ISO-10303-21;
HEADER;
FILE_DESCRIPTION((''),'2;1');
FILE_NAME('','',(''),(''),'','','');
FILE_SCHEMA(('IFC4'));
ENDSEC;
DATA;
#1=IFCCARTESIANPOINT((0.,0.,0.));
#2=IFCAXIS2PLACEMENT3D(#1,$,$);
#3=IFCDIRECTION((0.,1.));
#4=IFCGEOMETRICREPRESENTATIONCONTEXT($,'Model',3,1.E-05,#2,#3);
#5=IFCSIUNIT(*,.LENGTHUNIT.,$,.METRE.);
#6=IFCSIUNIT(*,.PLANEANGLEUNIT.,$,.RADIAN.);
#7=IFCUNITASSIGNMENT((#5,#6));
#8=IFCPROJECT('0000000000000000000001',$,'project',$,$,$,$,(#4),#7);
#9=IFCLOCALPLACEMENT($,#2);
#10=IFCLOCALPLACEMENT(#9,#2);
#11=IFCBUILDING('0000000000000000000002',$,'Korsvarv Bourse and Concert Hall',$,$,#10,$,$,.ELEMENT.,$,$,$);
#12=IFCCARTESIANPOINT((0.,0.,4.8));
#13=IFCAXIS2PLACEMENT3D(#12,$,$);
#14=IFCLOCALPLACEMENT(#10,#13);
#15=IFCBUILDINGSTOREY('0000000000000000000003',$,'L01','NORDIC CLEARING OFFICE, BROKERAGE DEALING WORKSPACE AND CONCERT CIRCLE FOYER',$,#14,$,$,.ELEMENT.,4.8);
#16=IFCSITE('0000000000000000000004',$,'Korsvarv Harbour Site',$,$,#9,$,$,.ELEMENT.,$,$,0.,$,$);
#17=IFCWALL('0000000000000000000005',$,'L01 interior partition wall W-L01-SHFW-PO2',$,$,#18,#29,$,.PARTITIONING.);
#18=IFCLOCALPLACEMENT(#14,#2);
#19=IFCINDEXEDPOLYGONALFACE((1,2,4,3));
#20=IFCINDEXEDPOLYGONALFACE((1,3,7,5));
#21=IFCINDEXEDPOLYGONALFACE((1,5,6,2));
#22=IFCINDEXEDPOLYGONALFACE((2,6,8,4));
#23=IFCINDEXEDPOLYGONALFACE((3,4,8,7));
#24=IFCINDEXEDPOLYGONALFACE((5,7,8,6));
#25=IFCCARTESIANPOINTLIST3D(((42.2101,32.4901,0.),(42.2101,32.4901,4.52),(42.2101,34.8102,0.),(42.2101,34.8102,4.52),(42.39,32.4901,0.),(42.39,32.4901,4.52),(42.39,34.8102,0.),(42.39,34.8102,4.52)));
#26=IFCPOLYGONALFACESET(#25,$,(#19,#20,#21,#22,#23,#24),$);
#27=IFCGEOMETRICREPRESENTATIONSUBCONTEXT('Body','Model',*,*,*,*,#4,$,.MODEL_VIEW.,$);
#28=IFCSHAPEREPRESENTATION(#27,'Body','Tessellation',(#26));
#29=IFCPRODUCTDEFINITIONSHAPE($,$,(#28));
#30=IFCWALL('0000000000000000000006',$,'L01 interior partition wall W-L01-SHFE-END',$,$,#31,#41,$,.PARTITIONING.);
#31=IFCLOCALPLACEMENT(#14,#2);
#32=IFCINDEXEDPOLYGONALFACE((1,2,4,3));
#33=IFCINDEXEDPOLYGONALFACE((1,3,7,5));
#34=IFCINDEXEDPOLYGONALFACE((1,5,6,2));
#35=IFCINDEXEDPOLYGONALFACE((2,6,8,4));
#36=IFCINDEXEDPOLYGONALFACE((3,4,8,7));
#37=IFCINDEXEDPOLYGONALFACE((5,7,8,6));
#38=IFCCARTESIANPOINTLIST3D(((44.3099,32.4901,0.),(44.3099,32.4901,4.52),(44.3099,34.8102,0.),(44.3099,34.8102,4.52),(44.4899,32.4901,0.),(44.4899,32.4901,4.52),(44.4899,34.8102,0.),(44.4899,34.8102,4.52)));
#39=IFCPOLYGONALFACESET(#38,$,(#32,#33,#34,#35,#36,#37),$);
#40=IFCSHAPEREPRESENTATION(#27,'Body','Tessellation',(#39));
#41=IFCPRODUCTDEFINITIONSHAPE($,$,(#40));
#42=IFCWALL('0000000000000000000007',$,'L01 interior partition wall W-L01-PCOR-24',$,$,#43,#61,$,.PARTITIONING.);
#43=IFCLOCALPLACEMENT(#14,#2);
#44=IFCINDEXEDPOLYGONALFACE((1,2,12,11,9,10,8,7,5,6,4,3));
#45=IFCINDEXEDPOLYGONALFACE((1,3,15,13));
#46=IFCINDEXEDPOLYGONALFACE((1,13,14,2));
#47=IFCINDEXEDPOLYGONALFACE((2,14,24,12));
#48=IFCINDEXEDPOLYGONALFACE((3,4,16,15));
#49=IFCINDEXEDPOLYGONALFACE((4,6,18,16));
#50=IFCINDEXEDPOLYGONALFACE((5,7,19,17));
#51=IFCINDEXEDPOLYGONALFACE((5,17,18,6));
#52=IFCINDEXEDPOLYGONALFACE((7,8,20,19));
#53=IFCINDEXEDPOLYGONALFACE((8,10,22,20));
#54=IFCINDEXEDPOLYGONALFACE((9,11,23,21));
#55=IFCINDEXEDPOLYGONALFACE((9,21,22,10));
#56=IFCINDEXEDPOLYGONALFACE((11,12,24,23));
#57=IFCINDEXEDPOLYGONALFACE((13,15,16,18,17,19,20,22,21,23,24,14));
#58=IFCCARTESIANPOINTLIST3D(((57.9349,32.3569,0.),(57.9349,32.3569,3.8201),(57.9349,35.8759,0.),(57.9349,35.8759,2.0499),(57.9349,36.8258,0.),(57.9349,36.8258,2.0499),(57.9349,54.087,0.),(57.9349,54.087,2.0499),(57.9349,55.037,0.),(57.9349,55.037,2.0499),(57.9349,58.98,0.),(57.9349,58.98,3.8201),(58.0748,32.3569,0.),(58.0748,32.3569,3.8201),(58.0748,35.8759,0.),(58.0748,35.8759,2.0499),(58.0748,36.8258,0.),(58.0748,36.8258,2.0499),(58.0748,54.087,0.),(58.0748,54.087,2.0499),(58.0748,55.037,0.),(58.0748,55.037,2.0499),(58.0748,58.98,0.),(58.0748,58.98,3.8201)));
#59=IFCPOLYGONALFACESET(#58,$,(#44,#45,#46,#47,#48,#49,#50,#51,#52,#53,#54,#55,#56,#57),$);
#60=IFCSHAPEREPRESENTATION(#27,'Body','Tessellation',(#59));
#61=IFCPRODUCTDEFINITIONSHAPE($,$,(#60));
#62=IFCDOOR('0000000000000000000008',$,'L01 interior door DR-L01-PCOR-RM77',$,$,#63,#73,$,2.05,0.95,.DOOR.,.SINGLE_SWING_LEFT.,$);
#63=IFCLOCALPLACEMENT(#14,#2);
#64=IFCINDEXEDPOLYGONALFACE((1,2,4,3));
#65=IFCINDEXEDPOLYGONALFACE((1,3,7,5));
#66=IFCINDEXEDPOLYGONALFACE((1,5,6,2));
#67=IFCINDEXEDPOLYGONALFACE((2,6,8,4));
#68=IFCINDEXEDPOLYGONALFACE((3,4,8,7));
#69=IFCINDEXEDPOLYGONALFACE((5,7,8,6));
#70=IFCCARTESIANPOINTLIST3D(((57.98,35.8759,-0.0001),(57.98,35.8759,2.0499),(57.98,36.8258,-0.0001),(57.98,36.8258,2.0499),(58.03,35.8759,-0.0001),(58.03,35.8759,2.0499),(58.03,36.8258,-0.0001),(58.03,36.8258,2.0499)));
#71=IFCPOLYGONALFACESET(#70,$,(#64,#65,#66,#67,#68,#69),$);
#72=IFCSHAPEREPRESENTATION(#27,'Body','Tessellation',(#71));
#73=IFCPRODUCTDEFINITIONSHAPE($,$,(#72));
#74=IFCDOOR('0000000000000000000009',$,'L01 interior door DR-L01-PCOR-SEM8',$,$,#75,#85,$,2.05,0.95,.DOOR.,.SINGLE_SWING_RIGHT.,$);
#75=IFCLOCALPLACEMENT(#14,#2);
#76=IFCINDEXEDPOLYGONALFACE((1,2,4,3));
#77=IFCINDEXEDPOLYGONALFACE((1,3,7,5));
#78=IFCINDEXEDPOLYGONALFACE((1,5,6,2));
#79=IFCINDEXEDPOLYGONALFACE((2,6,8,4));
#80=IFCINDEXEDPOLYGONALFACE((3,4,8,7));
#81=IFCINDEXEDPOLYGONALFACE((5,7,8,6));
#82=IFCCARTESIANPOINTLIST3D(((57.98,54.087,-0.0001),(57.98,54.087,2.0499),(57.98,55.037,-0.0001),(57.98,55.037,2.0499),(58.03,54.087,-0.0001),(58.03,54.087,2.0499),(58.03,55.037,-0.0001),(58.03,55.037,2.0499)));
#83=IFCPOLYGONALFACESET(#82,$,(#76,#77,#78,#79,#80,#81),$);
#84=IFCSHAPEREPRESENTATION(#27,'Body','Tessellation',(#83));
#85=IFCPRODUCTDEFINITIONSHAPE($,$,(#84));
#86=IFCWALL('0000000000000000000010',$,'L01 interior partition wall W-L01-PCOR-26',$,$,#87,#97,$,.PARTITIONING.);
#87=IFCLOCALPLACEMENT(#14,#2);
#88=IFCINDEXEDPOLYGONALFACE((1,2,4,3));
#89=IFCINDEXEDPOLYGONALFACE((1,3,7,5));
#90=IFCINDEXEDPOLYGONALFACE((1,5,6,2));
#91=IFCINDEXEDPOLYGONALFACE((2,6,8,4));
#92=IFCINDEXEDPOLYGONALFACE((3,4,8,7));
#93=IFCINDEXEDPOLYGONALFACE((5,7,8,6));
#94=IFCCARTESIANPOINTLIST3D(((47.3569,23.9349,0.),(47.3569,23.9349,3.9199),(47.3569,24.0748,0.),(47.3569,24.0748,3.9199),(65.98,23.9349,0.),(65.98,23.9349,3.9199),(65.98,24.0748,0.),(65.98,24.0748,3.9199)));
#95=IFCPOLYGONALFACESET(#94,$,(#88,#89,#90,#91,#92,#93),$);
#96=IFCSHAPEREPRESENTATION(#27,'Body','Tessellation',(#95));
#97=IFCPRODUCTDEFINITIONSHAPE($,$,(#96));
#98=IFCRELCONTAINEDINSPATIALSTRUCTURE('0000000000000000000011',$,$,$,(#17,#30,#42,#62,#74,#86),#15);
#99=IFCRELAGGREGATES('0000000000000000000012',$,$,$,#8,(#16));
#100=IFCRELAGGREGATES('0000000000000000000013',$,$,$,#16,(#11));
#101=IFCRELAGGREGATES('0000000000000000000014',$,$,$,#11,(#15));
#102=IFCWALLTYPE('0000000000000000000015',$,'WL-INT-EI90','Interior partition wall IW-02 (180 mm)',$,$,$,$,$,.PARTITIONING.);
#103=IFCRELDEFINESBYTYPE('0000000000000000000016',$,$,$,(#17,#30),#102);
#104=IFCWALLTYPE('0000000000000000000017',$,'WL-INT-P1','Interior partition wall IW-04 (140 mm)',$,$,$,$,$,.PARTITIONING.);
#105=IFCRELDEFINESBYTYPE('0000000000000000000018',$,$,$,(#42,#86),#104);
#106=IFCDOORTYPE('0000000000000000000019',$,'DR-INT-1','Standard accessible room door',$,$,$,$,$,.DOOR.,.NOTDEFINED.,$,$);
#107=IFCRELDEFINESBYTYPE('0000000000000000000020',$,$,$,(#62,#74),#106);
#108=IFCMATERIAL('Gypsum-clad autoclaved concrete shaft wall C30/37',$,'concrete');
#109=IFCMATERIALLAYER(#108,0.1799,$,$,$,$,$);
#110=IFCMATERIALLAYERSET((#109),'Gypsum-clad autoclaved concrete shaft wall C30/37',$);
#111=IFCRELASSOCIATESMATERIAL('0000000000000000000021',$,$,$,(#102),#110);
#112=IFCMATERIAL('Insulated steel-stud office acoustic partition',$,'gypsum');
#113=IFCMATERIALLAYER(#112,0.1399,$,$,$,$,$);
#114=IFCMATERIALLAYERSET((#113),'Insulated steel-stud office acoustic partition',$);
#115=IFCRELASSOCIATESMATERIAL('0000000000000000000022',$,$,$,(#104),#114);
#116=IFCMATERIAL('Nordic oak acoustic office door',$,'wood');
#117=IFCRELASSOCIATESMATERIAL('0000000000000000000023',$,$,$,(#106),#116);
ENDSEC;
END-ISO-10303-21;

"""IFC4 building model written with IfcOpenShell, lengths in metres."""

from ifc_helpers import new_model, si_unit, direction, frame, frame_2d, origin, place, context, subcontext, project, spatial, rectangle, extrude, material, layer, layer_set, type_object, element, fill, save


model = new_model("IFC4")

# Units and contexts
model_context = context("Model", 3, precision=1e-05, world=origin(), true_north=direction((0.0, 1.0)))
body_context = subcontext(model_context, "Body", "Model", "MODEL_VIEW")
ifc_project = project(units=[si_unit("LENGTHUNIT", "METRE"), si_unit("PLANEANGLEUNIT", "RADIAN")], contexts=[model_context])

# Site, building, storey
site_placement = place(None, origin())
site = spatial("IfcSite", under=ifc_project, at=site_placement, Name="Korsvarv Harbour Site", CompositionType="ELEMENT", RefElevation=0.0)
building_placement = place(site_placement, origin())
building = spatial("IfcBuilding", under=site, at=building_placement, Name="Korsvarv Bourse and Concert Hall", CompositionType="ELEMENT")
storey_placement = place(building_placement, frame((0.0, 0.0, 4.8)))
storey = spatial("IfcBuildingStorey", under=building, at=storey_placement, Name="L01", Description="NORDIC CLEARING OFFICE, BROKERAGE DEALING WORKSPACE AND CONCERT CIRCLE FOYER", CompositionType="ELEMENT", Elevation=4.8)

# Walls
ifc_material_1 = material(Name="Gypsum-clad autoclaved concrete shaft wall C30/37", Category="concrete")
ifc_layer_1 = layer(ifc_material_1, 0.1799)
ifc_layer_set_1 = layer_set([ifc_layer_1], Name="Gypsum-clad autoclaved concrete shaft wall C30/37")
wall_type_1 = type_object("IfcWallType", Name="WL-INT-EI90", Description="Interior partition wall IW-02 (180 mm)", PredefinedType="PARTITIONING", material=ifc_layer_set_1)
for number, where, z_axis, x_axis, name in (
    (1, (42.3, 32.49, 0.0), (0.0, 0.0, 1.0), (0.0, 1.0, 0.0), "L01 interior partition wall W-L01-SHFW-PO2"),
    (2, (44.3999, 32.49, 0.0), (0.0, 0.0, 1.0), (0.0, 1.0, 0.0), "L01 interior partition wall W-L01-SHFE-END"),
):
    element("IfcWall", number, at=place(storey_placement, frame(where, z_axis=z_axis, x_axis=x_axis)), inside=storey, type_object=wall_type_1, Name=name, PredefinedType="PARTITIONING", context=body_context, shape_type="SweptSolid", body=[
        extrude(rectangle(XDim=2.3201, YDim=0.1799, at=frame_2d((1.1602, 0.0))), origin(), (0.0, 0.0, 1.0), 4.52),
    ])

# Wall, openings, doors
ifc_material_2 = material(Name="Insulated steel-stud office acoustic partition", Category="gypsum")
ifc_layer_2 = layer(ifc_material_2, 0.1399)
ifc_layer_set_2 = layer_set([ifc_layer_2], Name="Insulated steel-stud office acoustic partition")
wall_type_2 = type_object("IfcWallType", Name="WL-INT-P1", Description="Interior partition wall IW-04 (140 mm)", PredefinedType="PARTITIONING", material=ifc_layer_set_2)
wall_1_placement = place(storey_placement, frame((58.0049, 32.3569, 0.0), z_axis=(0.0, 0.0, 1.0), x_axis=(0.0, 1.0, 0.0)))
wall_1 = element("IfcWall", 3, at=wall_1_placement, inside=storey, type_object=wall_type_2, Name="L01 interior partition wall W-L01-PCOR-24", PredefinedType="PARTITIONING", context=body_context, shape_type="SweptSolid", body=[
    extrude(rectangle(XDim=26.623, YDim=0.1399, at=frame_2d((13.3115, 0.0))), origin(), (0.0, 0.0, 1.0), 3.8201),
])
opening_1_placement = place(wall_1_placement, frame((3.5188, 0.0, 0.0)))
opening_1 = element("IfcOpeningElement", 4, at=opening_1_placement, cuts=wall_1, PredefinedType="OPENING", context=body_context, shape_type="SweptSolid", body=[
    extrude(rectangle(XDim=0.95, YDim=2.05, at=frame_2d((0.4751, 1.0249))), frame((0.0, 0.0801, 0.0), z_axis=(0.0, -1.0, 0.0), x_axis=(1.0, 0.0, 0.0)), (0.0, 0.0, 1.0), 0.1599),
])
opening_2_placement = place(wall_1_placement, frame((21.73, 0.0, 0.0)))
opening_2 = element("IfcOpeningElement", 5, at=opening_2_placement, cuts=wall_1, PredefinedType="OPENING", context=body_context, shape_type="SweptSolid", body=[
    extrude(rectangle(XDim=0.95, YDim=2.05, at=frame_2d((0.4751, 1.0249))), frame((0.0, 0.0801, 0.0), z_axis=(0.0, -1.0, 0.0), x_axis=(1.0, 0.0, 0.0)), (0.0, 0.0, 1.0), 0.1599),
])
ifc_material_3 = material(Name="Nordic oak acoustic office door", Category="wood")
door_type_1 = type_object("IfcDoorType", Name="DR-INT-1", Description="Standard accessible room door", OperationType="NOTDEFINED", PredefinedType="DOOR", material=ifc_material_3)
door_1_placement = place(opening_1_placement, origin())
door_1 = element("IfcDoor", 6, at=door_1_placement, inside=storey, type_object=door_type_1, Name="L01 interior door DR-L01-PCOR-RM77", OperationType="SINGLE_SWING_LEFT", OverallHeight=2.05, OverallWidth=0.95, PredefinedType="DOOR", context=body_context, shape_type="SweptSolid", body=[
    extrude(rectangle(XDim=0.95, YDim=2.05, at=frame_2d((0.4751, 1.0249))), frame((0.0, 0.0249, 0.0), z_axis=(0.0, -1.0, 0.0), x_axis=(1.0, 0.0, 0.0)), (0.0, 0.0, 1.0), 0.05),
])
fill(opening_1, door_1)
door_2_placement = place(opening_2_placement, origin())
door_2 = element("IfcDoor", 7, at=door_2_placement, inside=storey, type_object=door_type_1, Name="L01 interior door DR-L01-PCOR-SEM8", OperationType="SINGLE_SWING_RIGHT", OverallHeight=2.05, OverallWidth=0.95, PredefinedType="DOOR", context=body_context, shape_type="SweptSolid", body=[
    extrude(rectangle(XDim=0.95, YDim=2.05, at=frame_2d((0.4751, 1.0249))), frame((0.0, 0.0249, 0.0), z_axis=(0.0, -1.0, 0.0), x_axis=(1.0, 0.0, 0.0)), (0.0, 0.0, 1.0), 0.05),
])
fill(opening_2, door_2)

# Wall
wall_2_placement = place(storey_placement, frame((47.3569, 24.0049, 0.0), z_axis=(0.0, 0.0, 1.0), x_axis=(1.0, 0.0, 0.0)))
element("IfcWall", 8, at=wall_2_placement, inside=storey, type_object=wall_type_2, Name="L01 interior partition wall W-L01-PCOR-26", PredefinedType="PARTITIONING", context=body_context, shape_type="SweptSolid", body=[
    extrude(rectangle(XDim=18.623, YDim=0.1399, at=frame_2d((9.3115, 0.0))), origin(), (0.0, 0.0, 1.0), 3.9199),
])

save(model, "model.ifc")
